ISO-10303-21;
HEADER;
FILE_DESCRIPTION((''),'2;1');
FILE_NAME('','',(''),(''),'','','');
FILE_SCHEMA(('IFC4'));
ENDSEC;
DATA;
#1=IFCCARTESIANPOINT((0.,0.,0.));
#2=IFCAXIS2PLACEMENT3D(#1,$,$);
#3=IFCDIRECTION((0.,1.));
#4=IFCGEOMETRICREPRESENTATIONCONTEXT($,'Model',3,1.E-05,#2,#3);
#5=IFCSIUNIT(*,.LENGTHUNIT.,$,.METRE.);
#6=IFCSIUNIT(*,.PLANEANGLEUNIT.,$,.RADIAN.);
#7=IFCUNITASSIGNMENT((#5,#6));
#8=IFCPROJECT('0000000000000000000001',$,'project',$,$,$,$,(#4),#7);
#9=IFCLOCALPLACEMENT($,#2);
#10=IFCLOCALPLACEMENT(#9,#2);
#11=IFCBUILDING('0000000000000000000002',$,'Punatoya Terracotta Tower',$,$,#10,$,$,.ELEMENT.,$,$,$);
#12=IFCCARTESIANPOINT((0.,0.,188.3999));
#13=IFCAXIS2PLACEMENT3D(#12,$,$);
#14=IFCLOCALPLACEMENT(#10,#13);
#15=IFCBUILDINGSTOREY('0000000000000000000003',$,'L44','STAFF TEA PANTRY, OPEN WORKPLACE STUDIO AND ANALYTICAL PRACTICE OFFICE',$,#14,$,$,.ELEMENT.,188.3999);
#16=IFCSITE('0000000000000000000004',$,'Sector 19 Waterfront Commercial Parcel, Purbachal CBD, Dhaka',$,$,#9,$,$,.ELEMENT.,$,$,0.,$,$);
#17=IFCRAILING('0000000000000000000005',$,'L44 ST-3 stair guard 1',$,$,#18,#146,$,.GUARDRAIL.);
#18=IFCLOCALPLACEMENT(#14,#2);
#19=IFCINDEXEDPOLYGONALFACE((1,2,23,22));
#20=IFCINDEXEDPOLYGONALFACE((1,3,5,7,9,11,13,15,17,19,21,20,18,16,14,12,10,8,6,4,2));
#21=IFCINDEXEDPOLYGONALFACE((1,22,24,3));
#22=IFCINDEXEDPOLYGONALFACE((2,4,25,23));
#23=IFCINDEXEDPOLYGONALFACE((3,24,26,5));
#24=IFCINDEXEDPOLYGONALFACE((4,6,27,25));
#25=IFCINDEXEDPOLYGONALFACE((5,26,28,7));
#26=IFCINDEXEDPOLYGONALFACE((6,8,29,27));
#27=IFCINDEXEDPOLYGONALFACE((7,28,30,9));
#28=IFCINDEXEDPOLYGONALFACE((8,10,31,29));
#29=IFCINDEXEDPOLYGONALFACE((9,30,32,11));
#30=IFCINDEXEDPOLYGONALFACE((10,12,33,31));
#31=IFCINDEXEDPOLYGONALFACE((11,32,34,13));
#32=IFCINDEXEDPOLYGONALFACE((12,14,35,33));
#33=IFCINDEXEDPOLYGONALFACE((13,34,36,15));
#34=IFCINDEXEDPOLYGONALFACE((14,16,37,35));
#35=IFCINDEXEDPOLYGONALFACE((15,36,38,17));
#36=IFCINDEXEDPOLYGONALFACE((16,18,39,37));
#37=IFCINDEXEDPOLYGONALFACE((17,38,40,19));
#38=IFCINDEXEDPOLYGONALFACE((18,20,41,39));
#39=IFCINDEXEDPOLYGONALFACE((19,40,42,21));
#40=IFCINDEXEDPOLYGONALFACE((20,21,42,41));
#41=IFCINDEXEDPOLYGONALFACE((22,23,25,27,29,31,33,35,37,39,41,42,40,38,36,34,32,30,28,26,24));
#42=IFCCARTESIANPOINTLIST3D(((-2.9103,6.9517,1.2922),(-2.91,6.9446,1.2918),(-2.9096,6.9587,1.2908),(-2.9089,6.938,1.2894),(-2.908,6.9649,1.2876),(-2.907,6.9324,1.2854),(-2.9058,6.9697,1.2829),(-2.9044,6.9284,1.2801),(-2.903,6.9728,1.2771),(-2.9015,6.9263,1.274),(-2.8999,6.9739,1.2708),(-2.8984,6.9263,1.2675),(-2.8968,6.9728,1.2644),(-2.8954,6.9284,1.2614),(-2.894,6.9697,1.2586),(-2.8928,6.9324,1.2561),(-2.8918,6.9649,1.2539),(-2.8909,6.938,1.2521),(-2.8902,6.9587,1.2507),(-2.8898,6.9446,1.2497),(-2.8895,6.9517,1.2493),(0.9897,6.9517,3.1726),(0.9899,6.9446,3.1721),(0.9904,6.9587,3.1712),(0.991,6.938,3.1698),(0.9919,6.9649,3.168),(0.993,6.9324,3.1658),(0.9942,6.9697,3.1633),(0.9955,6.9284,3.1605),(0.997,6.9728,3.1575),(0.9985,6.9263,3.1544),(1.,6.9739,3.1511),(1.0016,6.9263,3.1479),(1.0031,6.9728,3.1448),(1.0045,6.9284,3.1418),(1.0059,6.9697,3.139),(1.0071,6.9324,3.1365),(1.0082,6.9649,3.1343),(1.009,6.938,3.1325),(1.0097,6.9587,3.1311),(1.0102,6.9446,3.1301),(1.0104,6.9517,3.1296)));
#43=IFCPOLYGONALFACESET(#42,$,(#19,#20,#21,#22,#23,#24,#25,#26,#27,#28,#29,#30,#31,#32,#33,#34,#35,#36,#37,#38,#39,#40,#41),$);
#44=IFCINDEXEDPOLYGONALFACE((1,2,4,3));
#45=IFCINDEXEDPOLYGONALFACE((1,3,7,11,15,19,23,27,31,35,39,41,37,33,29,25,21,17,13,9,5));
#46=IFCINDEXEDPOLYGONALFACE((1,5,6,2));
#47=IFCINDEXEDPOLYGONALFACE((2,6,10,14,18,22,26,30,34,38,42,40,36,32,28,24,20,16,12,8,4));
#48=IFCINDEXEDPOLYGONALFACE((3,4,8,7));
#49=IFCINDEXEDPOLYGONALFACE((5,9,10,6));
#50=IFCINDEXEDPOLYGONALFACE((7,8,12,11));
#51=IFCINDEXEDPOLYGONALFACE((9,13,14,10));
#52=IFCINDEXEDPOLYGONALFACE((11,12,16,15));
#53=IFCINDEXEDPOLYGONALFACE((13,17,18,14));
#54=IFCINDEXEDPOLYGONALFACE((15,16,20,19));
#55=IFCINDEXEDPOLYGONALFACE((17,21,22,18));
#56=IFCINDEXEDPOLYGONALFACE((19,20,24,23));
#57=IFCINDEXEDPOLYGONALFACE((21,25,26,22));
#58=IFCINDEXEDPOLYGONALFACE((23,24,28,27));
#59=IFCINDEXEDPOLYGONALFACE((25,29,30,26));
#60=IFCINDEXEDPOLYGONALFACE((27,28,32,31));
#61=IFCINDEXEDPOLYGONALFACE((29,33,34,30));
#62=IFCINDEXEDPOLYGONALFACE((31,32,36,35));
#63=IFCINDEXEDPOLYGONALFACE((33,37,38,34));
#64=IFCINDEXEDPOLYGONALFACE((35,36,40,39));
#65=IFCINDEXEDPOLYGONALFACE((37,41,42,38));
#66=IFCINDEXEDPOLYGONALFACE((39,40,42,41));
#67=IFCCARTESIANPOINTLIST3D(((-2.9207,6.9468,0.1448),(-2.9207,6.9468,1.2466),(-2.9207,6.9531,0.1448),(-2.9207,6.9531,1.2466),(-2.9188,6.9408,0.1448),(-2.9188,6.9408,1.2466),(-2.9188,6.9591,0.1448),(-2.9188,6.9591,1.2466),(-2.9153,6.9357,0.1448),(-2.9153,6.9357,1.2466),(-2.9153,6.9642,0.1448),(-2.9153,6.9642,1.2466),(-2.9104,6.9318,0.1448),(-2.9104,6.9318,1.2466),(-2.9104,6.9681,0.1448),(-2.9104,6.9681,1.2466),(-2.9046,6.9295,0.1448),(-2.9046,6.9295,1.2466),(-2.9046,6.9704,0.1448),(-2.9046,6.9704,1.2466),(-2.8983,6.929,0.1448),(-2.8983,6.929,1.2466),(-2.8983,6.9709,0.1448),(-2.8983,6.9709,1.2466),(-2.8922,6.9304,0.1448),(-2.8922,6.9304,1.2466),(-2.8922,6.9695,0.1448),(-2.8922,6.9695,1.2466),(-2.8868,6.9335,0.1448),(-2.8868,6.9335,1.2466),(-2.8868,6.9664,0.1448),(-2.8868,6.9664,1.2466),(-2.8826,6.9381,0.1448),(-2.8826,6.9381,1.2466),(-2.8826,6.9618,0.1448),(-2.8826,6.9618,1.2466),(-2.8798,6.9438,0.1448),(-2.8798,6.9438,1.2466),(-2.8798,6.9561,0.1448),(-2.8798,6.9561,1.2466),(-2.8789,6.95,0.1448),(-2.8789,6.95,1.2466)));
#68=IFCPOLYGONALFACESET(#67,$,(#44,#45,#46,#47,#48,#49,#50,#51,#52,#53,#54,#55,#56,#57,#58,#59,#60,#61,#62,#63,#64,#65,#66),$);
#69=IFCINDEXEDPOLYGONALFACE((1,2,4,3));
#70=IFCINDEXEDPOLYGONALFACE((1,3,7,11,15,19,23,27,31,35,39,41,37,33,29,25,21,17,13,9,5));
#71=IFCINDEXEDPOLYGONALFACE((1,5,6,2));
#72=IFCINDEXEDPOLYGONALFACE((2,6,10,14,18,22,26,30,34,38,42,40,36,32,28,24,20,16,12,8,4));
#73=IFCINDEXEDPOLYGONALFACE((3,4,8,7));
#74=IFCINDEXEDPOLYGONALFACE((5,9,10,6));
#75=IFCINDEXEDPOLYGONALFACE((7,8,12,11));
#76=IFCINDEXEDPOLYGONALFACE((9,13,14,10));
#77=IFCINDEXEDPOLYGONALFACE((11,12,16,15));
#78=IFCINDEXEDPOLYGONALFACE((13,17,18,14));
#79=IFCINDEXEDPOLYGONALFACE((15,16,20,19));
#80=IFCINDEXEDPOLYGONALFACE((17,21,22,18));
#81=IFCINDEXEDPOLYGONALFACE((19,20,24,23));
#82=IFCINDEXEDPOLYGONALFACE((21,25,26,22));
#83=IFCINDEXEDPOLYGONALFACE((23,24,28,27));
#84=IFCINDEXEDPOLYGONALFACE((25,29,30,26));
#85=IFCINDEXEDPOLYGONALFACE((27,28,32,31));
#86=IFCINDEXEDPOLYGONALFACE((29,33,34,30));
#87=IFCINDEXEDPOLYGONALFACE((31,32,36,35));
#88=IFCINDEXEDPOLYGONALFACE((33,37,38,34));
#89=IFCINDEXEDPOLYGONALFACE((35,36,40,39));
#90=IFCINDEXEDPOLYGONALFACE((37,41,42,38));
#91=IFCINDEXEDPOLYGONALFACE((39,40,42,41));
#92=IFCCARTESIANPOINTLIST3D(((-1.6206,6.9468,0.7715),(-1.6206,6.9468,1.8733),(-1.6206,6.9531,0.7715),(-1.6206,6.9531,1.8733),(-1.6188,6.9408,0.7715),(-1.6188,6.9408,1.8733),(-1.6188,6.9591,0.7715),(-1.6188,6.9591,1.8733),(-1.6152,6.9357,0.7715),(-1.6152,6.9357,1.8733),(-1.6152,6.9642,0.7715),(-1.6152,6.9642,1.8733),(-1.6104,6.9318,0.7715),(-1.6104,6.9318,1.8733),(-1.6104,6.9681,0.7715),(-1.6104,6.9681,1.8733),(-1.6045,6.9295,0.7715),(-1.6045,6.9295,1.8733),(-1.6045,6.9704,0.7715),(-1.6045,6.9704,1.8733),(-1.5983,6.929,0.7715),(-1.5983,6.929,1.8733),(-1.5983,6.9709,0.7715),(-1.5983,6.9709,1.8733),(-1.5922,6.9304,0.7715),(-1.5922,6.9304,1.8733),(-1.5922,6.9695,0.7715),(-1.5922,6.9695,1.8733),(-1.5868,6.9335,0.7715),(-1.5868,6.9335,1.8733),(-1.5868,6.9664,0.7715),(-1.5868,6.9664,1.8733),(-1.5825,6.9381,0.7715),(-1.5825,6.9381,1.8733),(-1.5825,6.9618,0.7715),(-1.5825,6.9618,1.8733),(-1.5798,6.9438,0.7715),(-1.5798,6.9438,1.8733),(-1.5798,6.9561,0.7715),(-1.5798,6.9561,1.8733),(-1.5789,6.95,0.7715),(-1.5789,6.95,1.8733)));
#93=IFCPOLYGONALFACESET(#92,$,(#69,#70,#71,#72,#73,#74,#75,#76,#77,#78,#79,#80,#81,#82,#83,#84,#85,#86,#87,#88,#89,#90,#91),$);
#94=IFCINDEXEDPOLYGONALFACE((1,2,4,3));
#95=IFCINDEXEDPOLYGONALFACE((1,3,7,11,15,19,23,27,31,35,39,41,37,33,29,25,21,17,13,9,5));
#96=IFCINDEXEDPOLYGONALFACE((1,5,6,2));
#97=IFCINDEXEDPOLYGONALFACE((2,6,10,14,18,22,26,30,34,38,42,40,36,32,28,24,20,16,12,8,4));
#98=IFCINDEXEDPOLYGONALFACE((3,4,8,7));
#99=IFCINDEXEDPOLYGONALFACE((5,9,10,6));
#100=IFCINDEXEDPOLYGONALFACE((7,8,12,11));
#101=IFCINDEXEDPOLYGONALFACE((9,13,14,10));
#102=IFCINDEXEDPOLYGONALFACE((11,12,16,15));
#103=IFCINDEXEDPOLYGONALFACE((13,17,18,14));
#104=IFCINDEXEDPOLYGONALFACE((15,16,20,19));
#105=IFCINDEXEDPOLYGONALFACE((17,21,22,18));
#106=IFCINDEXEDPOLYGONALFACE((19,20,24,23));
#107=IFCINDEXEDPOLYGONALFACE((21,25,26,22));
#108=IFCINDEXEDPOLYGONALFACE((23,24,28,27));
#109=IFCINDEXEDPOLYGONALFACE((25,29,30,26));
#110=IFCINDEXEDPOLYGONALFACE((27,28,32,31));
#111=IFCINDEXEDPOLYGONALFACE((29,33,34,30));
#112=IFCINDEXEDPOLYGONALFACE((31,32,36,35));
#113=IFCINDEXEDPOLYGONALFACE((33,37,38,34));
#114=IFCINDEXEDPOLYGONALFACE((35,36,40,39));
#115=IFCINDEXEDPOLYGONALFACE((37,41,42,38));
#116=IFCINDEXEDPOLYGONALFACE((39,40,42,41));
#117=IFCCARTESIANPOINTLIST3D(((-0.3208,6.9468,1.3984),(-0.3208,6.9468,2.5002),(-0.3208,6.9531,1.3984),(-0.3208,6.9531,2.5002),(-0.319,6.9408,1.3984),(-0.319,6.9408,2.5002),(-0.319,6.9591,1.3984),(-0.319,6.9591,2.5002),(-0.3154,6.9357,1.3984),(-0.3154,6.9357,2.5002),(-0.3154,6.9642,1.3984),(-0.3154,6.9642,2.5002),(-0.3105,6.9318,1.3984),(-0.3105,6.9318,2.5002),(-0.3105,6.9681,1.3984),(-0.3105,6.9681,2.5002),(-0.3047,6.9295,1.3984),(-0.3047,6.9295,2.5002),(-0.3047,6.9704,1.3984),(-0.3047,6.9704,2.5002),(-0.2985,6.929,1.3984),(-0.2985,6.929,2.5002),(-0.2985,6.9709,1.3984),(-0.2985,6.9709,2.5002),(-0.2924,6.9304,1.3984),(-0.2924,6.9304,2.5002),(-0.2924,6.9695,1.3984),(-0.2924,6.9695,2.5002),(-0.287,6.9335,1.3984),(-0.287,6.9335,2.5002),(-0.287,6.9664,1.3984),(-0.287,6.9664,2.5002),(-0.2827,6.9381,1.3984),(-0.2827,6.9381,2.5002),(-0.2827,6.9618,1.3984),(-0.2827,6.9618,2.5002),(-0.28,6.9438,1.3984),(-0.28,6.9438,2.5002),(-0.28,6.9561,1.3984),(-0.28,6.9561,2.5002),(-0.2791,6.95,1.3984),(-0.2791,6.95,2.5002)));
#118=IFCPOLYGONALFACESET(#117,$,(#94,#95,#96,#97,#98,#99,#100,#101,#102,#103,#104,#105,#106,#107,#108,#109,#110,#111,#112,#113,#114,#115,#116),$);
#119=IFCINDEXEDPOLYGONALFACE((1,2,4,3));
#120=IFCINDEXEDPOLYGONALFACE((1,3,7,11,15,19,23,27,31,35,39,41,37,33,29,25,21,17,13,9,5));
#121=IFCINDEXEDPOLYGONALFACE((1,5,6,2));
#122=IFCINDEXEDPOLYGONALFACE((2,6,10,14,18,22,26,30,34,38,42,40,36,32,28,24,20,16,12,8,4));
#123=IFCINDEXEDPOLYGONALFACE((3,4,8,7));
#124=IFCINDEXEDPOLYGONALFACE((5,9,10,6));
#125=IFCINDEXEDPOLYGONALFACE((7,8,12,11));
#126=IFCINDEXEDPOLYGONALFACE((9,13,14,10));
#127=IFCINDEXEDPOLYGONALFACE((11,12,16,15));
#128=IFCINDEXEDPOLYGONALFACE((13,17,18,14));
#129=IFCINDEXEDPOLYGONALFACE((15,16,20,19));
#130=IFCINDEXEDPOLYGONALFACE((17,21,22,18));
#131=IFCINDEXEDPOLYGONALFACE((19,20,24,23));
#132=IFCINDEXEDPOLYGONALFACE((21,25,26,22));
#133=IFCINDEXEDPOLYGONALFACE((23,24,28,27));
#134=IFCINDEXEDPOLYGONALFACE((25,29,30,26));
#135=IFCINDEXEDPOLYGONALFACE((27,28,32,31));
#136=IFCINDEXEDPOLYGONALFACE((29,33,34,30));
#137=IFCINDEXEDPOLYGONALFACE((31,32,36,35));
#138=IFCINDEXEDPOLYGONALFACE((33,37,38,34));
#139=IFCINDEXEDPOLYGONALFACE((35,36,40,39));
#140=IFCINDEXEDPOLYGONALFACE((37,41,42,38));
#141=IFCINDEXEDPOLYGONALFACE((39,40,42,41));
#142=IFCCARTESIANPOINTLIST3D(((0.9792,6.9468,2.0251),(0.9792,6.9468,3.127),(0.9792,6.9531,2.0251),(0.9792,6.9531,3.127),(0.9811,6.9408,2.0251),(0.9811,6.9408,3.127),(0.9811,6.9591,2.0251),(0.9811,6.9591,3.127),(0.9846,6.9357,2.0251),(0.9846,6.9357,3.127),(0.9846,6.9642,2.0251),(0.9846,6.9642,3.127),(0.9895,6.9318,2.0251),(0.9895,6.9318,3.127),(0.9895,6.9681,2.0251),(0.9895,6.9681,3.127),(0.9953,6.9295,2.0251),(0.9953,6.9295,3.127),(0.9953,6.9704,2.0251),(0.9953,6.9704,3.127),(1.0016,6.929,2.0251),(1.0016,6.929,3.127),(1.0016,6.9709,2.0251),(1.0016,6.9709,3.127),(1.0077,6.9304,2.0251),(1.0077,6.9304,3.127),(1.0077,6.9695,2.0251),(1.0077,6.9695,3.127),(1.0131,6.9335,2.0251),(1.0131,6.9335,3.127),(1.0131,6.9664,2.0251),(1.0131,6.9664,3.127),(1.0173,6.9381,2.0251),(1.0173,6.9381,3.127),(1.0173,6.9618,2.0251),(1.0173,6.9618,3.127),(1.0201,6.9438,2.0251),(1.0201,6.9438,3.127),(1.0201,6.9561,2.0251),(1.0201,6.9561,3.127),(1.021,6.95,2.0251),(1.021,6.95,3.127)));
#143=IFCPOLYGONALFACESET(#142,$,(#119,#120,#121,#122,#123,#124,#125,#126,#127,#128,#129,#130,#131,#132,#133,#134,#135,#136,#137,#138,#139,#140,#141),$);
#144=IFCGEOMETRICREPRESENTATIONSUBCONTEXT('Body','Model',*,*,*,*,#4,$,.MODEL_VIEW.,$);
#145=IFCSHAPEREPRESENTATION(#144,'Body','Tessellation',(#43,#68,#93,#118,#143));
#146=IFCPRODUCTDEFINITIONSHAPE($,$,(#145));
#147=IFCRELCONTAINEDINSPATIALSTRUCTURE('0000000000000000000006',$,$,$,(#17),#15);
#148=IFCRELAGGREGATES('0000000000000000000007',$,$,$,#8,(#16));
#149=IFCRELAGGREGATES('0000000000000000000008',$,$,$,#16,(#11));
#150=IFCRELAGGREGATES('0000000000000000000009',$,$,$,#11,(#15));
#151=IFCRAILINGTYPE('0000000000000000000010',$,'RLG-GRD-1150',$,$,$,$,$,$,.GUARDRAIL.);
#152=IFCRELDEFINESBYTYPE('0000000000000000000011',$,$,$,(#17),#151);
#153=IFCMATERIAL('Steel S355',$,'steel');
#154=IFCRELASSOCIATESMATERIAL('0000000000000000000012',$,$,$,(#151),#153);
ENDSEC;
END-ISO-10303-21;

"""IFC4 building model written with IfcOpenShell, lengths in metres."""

from ifc_helpers import new_model, si_unit, direction, frame, origin, origin_2d, place, context, subcontext, project, spatial, circle, extrude, material, type_object, element, save


model = new_model("IFC4")

# Units and contexts
model_context = context("Model", 3, precision=1e-05, world=origin(), true_north=direction((0.0, 1.0)))
body_context = subcontext(model_context, "Body", "Model", "MODEL_VIEW")
ifc_project = project(units=[si_unit("LENGTHUNIT", "METRE"), si_unit("PLANEANGLEUNIT", "RADIAN")], contexts=[model_context])

# Site, building, storey
site_placement = place(None, origin())
site = spatial("IfcSite", under=ifc_project, at=site_placement, Name="Sector 19 Waterfront Commercial Parcel, Purbachal CBD, Dhaka", CompositionType="ELEMENT", RefElevation=0.0)
building_placement = place(site_placement, origin())
building = spatial("IfcBuilding", under=site, at=building_placement, Name="Punatoya Terracotta Tower", CompositionType="ELEMENT")
storey_placement = place(building_placement, frame((0.0, 0.0, 188.3999)))
storey = spatial("IfcBuildingStorey", under=building, at=storey_placement, Name="L44", Description="STAFF TEA PANTRY, OPEN WORKPLACE STUDIO AND ANALYTICAL PRACTICE OFFICE", CompositionType="ELEMENT", Elevation=188.3999)

# Shared definitions
ifc_material_1 = material(Name="Steel S355", Category="steel")

# Railing
railing_type_1 = type_object("IfcRailingType", Name="RLG-GRD-1150", PredefinedType="GUARDRAIL", material=ifc_material_1)
railing_1_placement = place(storey_placement, frame((-2.8999, 6.95, 0.1448)))
element("IfcRailing", 1, at=railing_1_placement, inside=storey, type_object=railing_type_1, Name="L44 ST-3 stair guard 1", PredefinedType="GUARDRAIL", context=body_context, shape_type="SweptSolid", body=[
    extrude(circle(Radius=0.0239, at=origin_2d()), frame((0.0, 0.0, 1.126), z_axis=(0.900763, 0.0, 0.434311), x_axis=(0.0, 1.0, 0.0)), (0.0, 0.0, 1.0), 4.3296),
    extrude(circle(Radius=0.021, at=origin_2d()), origin(), (0.0, 0.0, 1.0), 1.1018),
    extrude(circle(Radius=0.021, at=origin_2d()), frame((1.3, 0.0, 0.6267)), (0.0, 0.0, 1.0), 1.1018),
    extrude(circle(Radius=0.021, at=origin_2d()), frame((2.5999, 0.0, 1.2537)), (0.0, 0.0, 1.0), 1.1018),
    extrude(circle(Radius=0.021, at=origin_2d()), frame((3.8999, 0.0, 1.8804)), (0.0, 0.0, 1.0), 1.1018),
])

save(model, "model.ifc")
